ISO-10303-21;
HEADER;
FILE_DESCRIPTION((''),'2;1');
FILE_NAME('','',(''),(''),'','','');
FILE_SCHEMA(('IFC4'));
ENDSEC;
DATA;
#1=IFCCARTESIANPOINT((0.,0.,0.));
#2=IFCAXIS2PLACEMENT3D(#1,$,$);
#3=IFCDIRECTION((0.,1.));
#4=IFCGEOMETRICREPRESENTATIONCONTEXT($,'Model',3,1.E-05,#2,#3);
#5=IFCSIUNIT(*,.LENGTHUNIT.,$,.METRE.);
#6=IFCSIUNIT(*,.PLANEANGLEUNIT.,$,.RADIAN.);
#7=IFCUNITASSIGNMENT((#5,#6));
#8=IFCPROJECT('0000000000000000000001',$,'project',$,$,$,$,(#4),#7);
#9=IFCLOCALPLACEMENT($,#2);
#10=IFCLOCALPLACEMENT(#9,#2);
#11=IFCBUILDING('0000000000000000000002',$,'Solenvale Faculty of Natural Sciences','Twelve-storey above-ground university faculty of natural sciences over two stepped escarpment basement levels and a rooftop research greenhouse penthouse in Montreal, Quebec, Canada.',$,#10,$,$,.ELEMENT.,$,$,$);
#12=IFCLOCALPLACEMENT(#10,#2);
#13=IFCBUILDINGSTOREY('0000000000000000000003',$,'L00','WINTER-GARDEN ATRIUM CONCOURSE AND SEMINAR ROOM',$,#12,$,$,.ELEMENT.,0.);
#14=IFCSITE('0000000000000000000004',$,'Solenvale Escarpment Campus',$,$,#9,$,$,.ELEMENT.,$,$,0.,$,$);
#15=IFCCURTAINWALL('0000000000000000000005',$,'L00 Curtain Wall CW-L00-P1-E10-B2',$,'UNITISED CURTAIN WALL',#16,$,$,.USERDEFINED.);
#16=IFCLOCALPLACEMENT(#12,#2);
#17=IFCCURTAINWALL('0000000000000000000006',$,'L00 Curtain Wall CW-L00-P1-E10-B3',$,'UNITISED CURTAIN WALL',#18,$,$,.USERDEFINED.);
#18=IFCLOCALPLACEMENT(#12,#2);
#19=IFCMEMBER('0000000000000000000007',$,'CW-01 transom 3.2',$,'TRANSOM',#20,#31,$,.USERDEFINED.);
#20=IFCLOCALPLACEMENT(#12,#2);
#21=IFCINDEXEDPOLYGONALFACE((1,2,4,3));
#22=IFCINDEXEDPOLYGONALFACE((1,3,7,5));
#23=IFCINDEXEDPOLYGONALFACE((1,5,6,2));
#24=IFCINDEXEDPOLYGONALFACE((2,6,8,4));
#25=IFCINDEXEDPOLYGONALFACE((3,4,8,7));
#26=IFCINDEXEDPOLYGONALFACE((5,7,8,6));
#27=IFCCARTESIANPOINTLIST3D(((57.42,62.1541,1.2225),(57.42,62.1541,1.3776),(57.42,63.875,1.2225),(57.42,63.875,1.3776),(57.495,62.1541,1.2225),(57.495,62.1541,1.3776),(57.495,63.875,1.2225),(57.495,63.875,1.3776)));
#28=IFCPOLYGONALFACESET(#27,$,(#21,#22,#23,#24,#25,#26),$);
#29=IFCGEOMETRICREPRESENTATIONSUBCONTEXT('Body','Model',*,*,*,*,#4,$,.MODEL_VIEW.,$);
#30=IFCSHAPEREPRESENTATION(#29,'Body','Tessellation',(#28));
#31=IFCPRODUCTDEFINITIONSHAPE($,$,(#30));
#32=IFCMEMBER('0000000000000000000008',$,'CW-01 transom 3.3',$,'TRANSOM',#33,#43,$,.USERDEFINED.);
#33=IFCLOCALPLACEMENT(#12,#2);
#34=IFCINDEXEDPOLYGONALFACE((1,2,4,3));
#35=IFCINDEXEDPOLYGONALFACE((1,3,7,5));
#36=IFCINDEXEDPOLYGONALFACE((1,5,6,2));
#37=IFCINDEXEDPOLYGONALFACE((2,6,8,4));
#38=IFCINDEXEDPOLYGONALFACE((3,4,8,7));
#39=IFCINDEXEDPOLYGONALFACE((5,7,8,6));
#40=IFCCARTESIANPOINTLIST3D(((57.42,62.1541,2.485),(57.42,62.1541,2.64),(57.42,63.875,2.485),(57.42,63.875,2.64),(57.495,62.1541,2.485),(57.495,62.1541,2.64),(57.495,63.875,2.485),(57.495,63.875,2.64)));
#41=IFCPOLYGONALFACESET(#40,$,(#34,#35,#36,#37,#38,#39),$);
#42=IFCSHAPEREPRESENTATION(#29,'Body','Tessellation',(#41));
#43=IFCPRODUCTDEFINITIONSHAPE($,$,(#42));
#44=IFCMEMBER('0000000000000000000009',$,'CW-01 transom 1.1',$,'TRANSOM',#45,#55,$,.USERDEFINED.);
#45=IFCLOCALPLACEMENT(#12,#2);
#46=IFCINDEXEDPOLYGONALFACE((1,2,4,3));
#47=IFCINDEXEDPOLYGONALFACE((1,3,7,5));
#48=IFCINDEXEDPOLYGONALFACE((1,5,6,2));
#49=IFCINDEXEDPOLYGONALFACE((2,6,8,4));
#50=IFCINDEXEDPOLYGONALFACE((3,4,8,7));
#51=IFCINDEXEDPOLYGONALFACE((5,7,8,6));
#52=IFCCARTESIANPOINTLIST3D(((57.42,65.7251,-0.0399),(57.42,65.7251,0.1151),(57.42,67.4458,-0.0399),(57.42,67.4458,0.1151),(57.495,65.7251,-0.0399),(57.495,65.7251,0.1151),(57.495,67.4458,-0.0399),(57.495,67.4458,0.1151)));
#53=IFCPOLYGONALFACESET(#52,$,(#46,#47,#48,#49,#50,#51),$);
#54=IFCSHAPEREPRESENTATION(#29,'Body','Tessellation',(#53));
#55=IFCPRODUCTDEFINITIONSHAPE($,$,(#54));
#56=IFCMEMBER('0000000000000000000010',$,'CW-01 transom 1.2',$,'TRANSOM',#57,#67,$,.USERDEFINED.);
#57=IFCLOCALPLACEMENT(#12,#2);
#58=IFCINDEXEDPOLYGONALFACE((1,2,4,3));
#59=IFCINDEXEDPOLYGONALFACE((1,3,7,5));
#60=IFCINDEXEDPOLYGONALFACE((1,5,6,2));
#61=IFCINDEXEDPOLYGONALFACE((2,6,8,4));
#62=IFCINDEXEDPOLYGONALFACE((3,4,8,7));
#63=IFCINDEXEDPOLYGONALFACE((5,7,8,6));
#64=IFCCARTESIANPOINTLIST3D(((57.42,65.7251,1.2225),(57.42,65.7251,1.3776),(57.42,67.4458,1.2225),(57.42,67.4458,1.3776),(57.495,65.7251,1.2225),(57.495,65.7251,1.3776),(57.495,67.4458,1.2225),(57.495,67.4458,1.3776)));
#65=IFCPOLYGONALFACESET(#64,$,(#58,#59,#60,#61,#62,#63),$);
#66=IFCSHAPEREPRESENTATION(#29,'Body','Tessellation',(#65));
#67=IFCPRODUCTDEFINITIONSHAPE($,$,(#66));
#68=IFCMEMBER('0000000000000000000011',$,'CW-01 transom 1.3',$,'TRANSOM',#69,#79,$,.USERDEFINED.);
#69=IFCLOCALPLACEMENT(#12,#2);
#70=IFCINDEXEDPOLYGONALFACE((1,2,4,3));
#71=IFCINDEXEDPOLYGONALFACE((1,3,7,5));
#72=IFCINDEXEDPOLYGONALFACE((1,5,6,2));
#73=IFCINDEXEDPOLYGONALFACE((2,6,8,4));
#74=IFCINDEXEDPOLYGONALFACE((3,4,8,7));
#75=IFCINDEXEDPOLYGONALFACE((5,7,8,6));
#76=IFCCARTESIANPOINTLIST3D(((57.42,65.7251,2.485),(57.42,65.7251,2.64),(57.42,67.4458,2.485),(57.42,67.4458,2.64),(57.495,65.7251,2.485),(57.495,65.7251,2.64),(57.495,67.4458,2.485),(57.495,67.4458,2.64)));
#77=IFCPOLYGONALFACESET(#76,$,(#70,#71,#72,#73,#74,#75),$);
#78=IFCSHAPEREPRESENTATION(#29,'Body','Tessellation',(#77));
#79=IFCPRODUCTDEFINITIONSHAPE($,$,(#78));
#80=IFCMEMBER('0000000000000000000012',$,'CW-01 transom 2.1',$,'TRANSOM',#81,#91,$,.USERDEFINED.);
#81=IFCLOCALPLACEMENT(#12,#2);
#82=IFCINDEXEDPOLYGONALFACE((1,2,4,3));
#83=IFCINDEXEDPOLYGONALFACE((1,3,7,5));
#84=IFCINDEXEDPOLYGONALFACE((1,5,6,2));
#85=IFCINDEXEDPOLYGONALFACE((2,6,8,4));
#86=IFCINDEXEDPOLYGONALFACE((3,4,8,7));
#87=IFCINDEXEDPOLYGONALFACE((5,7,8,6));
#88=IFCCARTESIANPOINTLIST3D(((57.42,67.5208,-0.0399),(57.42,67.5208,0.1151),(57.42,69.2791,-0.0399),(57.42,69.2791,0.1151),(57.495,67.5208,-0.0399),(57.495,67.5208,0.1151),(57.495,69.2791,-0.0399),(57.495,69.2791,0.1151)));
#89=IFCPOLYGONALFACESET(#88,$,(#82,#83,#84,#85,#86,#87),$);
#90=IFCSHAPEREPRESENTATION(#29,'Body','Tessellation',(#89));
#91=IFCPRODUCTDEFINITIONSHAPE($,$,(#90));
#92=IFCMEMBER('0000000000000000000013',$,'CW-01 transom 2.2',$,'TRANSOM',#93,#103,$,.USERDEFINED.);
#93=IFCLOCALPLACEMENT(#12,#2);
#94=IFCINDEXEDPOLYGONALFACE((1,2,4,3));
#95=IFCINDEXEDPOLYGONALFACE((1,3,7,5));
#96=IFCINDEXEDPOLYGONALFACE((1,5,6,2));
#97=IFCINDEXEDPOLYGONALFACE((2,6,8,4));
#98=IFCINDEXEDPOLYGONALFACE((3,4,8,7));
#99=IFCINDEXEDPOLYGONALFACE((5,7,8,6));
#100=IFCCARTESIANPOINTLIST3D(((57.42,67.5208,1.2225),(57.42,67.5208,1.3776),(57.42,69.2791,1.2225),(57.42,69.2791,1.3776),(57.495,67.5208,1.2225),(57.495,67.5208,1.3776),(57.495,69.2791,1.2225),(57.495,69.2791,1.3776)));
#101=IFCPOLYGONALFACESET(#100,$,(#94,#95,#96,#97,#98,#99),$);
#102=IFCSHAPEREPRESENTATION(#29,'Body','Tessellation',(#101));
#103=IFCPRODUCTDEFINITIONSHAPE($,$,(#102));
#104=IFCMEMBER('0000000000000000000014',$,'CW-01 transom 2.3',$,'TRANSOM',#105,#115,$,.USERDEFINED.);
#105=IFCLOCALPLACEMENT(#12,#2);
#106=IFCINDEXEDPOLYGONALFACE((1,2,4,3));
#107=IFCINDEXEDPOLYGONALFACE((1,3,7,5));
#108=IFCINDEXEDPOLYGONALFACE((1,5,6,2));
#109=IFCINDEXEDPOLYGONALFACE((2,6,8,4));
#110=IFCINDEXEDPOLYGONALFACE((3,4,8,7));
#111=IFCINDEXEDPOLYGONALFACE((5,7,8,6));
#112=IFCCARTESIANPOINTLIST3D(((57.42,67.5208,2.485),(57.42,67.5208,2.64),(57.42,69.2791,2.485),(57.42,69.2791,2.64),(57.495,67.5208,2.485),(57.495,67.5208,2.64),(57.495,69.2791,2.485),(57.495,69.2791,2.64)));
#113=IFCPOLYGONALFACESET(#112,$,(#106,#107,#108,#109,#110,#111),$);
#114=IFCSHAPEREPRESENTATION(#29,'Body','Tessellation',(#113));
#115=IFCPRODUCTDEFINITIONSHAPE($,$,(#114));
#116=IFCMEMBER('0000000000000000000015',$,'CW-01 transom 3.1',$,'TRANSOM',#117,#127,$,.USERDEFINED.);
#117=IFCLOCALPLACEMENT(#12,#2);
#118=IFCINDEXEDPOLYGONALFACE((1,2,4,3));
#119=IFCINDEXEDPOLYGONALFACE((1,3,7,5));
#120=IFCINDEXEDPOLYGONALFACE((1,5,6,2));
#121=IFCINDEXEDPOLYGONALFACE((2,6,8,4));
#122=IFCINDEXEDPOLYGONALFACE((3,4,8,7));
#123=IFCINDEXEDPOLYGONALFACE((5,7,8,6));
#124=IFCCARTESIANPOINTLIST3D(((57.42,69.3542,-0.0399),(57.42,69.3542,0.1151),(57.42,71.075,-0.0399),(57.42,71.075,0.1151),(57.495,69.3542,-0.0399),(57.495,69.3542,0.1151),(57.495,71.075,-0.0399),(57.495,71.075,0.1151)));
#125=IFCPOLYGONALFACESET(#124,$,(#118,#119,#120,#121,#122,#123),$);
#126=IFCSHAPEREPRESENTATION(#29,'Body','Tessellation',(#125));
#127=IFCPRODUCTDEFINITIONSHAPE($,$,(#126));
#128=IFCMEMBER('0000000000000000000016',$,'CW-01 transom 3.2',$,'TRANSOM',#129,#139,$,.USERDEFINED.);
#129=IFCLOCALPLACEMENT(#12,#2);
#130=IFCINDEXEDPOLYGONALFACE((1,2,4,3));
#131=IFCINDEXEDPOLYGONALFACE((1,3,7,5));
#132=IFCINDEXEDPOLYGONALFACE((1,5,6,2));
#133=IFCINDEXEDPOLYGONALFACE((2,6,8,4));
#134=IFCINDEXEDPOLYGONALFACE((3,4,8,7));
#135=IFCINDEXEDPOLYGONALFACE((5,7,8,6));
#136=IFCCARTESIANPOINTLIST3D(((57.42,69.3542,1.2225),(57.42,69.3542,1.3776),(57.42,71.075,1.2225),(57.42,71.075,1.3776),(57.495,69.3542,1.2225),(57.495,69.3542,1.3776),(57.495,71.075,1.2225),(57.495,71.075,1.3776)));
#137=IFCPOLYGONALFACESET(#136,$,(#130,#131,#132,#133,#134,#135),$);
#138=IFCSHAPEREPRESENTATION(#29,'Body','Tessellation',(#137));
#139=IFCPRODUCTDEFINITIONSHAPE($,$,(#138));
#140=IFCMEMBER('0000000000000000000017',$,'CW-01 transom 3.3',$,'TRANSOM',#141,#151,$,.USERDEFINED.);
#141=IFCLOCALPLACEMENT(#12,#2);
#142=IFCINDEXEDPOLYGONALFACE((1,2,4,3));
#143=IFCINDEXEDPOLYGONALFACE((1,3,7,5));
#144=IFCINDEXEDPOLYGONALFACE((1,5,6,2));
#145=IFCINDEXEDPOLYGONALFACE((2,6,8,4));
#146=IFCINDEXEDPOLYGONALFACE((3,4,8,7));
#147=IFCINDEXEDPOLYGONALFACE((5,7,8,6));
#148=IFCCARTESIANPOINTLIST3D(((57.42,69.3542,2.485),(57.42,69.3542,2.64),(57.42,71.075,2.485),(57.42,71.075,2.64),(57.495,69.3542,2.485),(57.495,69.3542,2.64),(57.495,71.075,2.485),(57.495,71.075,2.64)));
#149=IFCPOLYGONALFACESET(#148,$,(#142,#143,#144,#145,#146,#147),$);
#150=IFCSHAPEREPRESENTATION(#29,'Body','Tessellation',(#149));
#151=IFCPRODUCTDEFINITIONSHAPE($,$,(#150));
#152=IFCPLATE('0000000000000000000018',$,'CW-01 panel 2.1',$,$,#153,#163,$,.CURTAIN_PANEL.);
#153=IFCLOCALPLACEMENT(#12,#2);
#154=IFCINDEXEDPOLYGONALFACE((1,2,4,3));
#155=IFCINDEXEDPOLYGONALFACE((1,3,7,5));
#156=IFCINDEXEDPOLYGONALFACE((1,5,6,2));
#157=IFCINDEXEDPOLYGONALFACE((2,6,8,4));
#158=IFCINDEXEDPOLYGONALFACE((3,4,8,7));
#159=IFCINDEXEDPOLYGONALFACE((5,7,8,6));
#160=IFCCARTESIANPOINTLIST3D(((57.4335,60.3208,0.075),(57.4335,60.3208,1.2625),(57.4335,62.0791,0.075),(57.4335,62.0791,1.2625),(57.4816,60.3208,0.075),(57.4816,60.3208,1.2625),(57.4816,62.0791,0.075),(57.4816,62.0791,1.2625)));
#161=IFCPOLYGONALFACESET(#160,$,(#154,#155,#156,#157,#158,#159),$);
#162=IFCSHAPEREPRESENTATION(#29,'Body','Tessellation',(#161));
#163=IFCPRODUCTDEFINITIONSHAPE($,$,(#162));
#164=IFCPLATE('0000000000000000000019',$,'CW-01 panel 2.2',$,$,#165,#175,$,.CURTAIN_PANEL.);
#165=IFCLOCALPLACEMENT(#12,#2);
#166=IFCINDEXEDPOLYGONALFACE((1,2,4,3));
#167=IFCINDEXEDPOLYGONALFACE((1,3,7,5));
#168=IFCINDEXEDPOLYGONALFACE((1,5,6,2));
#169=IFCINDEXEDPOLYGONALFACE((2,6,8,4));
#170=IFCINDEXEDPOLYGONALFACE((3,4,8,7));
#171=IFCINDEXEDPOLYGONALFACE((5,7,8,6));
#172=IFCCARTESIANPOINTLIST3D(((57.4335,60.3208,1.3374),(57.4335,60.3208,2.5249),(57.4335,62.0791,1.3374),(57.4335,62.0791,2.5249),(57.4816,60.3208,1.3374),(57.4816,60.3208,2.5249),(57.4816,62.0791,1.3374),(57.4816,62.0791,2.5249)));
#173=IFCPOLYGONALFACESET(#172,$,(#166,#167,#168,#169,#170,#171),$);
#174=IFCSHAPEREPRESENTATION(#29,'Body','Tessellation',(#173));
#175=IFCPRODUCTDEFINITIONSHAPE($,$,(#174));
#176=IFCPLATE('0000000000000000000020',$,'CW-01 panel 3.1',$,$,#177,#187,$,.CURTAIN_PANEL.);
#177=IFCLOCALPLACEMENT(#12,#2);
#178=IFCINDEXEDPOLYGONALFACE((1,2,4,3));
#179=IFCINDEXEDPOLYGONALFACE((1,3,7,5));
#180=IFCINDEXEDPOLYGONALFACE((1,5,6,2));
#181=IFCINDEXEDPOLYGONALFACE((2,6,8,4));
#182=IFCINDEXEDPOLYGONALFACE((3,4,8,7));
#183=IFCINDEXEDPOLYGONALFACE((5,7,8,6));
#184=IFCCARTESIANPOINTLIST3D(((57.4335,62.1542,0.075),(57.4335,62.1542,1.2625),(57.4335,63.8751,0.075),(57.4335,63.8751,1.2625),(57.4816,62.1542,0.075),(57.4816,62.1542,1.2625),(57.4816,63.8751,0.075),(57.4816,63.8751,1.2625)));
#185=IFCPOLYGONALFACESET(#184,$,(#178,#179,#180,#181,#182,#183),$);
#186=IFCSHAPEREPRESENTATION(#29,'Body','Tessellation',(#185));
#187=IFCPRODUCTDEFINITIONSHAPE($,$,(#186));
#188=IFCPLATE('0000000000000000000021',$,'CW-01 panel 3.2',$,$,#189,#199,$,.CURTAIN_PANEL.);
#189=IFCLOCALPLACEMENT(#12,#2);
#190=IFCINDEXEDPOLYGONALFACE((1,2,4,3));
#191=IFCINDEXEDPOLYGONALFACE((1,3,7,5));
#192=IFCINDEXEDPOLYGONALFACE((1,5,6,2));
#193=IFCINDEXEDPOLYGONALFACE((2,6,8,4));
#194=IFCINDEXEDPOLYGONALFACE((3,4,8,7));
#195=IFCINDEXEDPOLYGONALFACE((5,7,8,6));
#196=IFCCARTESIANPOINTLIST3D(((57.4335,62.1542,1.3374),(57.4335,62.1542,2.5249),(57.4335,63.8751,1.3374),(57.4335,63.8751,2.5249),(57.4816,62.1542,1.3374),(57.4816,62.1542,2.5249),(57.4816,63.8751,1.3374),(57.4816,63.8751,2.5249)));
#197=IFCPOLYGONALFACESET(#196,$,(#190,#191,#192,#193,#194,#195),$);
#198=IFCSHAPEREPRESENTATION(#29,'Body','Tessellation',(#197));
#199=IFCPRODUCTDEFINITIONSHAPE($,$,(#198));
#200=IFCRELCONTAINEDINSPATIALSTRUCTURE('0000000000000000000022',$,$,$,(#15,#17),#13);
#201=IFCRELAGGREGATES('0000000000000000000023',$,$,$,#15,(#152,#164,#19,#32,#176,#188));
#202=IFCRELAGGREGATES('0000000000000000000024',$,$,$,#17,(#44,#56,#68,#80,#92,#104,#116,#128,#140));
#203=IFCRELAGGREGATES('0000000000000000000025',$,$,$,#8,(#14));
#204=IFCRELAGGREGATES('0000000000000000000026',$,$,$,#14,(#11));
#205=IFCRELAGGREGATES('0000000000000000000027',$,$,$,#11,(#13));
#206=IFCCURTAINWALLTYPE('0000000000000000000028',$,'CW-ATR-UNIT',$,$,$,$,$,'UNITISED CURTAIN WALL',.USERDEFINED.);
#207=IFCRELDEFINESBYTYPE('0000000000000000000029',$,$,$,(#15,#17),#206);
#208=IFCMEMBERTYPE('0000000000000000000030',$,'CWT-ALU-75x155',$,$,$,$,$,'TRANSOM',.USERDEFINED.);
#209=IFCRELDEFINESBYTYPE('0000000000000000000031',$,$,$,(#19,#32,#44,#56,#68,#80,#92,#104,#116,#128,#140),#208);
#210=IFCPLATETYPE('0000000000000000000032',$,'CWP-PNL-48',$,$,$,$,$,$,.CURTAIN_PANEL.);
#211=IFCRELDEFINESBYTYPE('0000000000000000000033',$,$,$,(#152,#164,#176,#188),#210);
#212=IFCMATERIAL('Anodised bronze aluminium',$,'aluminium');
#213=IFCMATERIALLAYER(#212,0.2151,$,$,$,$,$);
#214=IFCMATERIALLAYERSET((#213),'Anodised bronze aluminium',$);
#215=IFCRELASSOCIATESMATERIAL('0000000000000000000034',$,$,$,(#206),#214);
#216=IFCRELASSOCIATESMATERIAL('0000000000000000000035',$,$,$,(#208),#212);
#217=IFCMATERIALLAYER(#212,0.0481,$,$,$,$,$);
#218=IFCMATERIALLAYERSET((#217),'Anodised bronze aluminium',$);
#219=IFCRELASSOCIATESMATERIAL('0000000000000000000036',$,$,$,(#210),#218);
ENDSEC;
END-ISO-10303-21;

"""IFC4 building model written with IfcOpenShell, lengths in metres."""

from ifc_helpers import new_model, si_unit, direction, frame, origin, origin_2d, place, context, subcontext, project, spatial, rectangle, extrude, material, layer, layer_set, material_profile, profile_set, type_object, element, aggregate, save


model = new_model("IFC4")

# Units and contexts
model_context = context("Model", 3, precision=1e-05, world=origin(), true_north=direction((0.0, 1.0)))
body_context = subcontext(model_context, "Body", "Model", "MODEL_VIEW")
ifc_project = project(units=[si_unit("LENGTHUNIT", "METRE"), si_unit("PLANEANGLEUNIT", "RADIAN")], contexts=[model_context])

# Site, building, storey
site_placement = place(None, origin())
site = spatial("IfcSite", under=ifc_project, at=site_placement, Name="Solenvale Escarpment Campus", CompositionType="ELEMENT", RefElevation=0.0)
building_placement = place(site_placement, origin())
building = spatial("IfcBuilding", under=site, at=building_placement, Name="Solenvale Faculty of Natural Sciences", Description="Twelve-storey above-ground university faculty of natural sciences over two stepped escarpment basement levels and a rooftop research greenhouse penthouse in Montreal, Quebec, Canada.", CompositionType="ELEMENT")
storey_placement = place(building_placement, origin())
storey = spatial("IfcBuildingStorey", under=building, at=storey_placement, Name="L00", Description="WINTER-GARDEN ATRIUM CONCOURSE AND SEMINAR ROOM", CompositionType="ELEMENT", Elevation=0.0)

# Curtain walls
ifc_material_1 = material(Name="Anodised bronze aluminium", Category="aluminium")
ifc_layer_1 = layer(ifc_material_1, 0.2151)
ifc_layer_set_1 = layer_set([ifc_layer_1], Name="Anodised bronze aluminium")
curtain_wall_type = type_object("IfcCurtainWallType", Name="CW-ATR-UNIT", ElementType="UNITISED CURTAIN WALL", PredefinedType="USERDEFINED", material=ifc_layer_set_1)
curtain_wall_1_placement = place(storey_placement, origin())
curtain_wall_1 = element("IfcCurtainWall", 1, at=curtain_wall_1_placement, inside=storey, type_object=curtain_wall_type, Name="L00 Curtain Wall CW-L00-P1-E10-B2", ObjectType="UNITISED CURTAIN WALL", PredefinedType="USERDEFINED")
curtain_wall_2_placement = place(storey_placement, origin())
curtain_wall_2 = element("IfcCurtainWall", 2, at=curtain_wall_2_placement, inside=storey, type_object=curtain_wall_type, Name="L00 Curtain Wall CW-L00-P1-E10-B3", ObjectType="UNITISED CURTAIN WALL", PredefinedType="USERDEFINED")

# Members
ifc_material_profile_1 = material_profile(ifc_material_1, rectangle(XDim=0.075, YDim=0.155, at=origin_2d()), Name="ALU-TRN-75x155")
ifc_profile_set_1 = profile_set([ifc_material_profile_1], Name="Anodised bronze aluminium")
member_type_1 = type_object("IfcMemberType", Name="CWT-ALU-75x155", ElementType="TRANSOM", PredefinedType="USERDEFINED", material=ifc_profile_set_1)
member_1_placement = place(storey_placement, frame((57.4575, 62.1541, 1.3), z_axis=(0.0, 1.0, 0.0), x_axis=(-1.0, 0.0, 0.0)))
member_1 = element("IfcMember", 3, at=member_1_placement, type_object=member_type_1, Name="CW-01 transom 3.2", ObjectType="TRANSOM", PredefinedType="USERDEFINED", context=body_context, shape_type="SweptSolid", body=[
    extrude(rectangle(XDim=0.075, YDim=0.155, at=origin_2d()), origin(), (0.0, 0.0, 1.0), 1.7209),
])
member_2_placement = place(storey_placement, frame((57.4575, 62.1541, 2.5625), z_axis=(0.0, 1.0, 0.0), x_axis=(-1.0, 0.0, 0.0)))
member_2 = element("IfcMember", 4, at=member_2_placement, type_object=member_type_1, Name="CW-01 transom 3.3", ObjectType="TRANSOM", PredefinedType="USERDEFINED", context=body_context, shape_type="SweptSolid", body=[
    extrude(rectangle(XDim=0.075, YDim=0.155, at=origin_2d()), origin(), (0.0, 0.0, 1.0), 1.7209),
])
member_3_placement = place(storey_placement, frame((57.4575, 65.7251, 0.0376), z_axis=(0.0, 1.0, 0.0), x_axis=(-1.0, 0.0, 0.0)))
member_3 = element("IfcMember", 5, at=member_3_placement, type_object=member_type_1, Name="CW-01 transom 1.1", ObjectType="TRANSOM", PredefinedType="USERDEFINED", context=body_context, shape_type="SweptSolid", body=[
    extrude(rectangle(XDim=0.075, YDim=0.155, at=origin_2d()), origin(), (0.0, 0.0, 1.0), 1.7207),
])
member_4_placement = place(storey_placement, frame((57.4575, 65.7251, 1.3), z_axis=(0.0, 1.0, 0.0), x_axis=(-1.0, 0.0, 0.0)))
member_4 = element("IfcMember", 6, at=member_4_placement, type_object=member_type_1, Name="CW-01 transom 1.2", ObjectType="TRANSOM", PredefinedType="USERDEFINED", context=body_context, shape_type="SweptSolid", body=[
    extrude(rectangle(XDim=0.075, YDim=0.155, at=origin_2d()), origin(), (0.0, 0.0, 1.0), 1.7207),
])
member_5_placement = place(storey_placement, frame((57.4575, 65.7251, 2.5625), z_axis=(0.0, 1.0, 0.0), x_axis=(-1.0, 0.0, 0.0)))
member_5 = element("IfcMember", 7, at=member_5_placement, type_object=member_type_1, Name="CW-01 transom 1.3", ObjectType="TRANSOM", PredefinedType="USERDEFINED", context=body_context, shape_type="SweptSolid", body=[
    extrude(rectangle(XDim=0.075, YDim=0.155, at=origin_2d()), origin(), (0.0, 0.0, 1.0), 1.7207),
])
member_6_placement = place(storey_placement, frame((57.4575, 67.5208, 0.0376), z_axis=(0.0, 1.0, 0.0), x_axis=(-1.0, 0.0, 0.0)))
member_6 = element("IfcMember", 8, at=member_6_placement, type_object=member_type_1, Name="CW-01 transom 2.1", ObjectType="TRANSOM", PredefinedType="USERDEFINED", context=body_context, shape_type="SweptSolid", body=[
    extrude(rectangle(XDim=0.075, YDim=0.155, at=origin_2d()), origin(), (0.0, 0.0, 1.0), 1.7583),
])
member_7_placement = place(storey_placement, frame((57.4575, 67.5208, 1.3), z_axis=(0.0, 1.0, 0.0), x_axis=(-1.0, 0.0, 0.0)))
member_7 = element("IfcMember", 9, at=member_7_placement, type_object=member_type_1, Name="CW-01 transom 2.2", ObjectType="TRANSOM", PredefinedType="USERDEFINED", context=body_context, shape_type="SweptSolid", body=[
    extrude(rectangle(XDim=0.075, YDim=0.155, at=origin_2d()), origin(), (0.0, 0.0, 1.0), 1.7583),
])
member_8_placement = place(storey_placement, frame((57.4575, 67.5208, 2.5625), z_axis=(0.0, 1.0, 0.0), x_axis=(-1.0, 0.0, 0.0)))
member_8 = element("IfcMember", 10, at=member_8_placement, type_object=member_type_1, Name="CW-01 transom 2.3", ObjectType="TRANSOM", PredefinedType="USERDEFINED", context=body_context, shape_type="SweptSolid", body=[
    extrude(rectangle(XDim=0.075, YDim=0.155, at=origin_2d()), origin(), (0.0, 0.0, 1.0), 1.7583),
])
member_9_placement = place(storey_placement, frame((57.4575, 69.3542, 0.0376), z_axis=(0.0, 1.0, 0.0), x_axis=(-1.0, 0.0, 0.0)))
member_9 = element("IfcMember", 11, at=member_9_placement, type_object=member_type_1, Name="CW-01 transom 3.1", ObjectType="TRANSOM", PredefinedType="USERDEFINED", context=body_context, shape_type="SweptSolid", body=[
    extrude(rectangle(XDim=0.075, YDim=0.155, at=origin_2d()), origin(), (0.0, 0.0, 1.0), 1.7207),
])
member_10_placement = place(storey_placement, frame((57.4575, 69.3542, 1.3), z_axis=(0.0, 1.0, 0.0), x_axis=(-1.0, 0.0, 0.0)))
member_10 = element("IfcMember", 12, at=member_10_placement, type_object=member_type_1, Name="CW-01 transom 3.2", ObjectType="TRANSOM", PredefinedType="USERDEFINED", context=body_context, shape_type="SweptSolid", body=[
    extrude(rectangle(XDim=0.075, YDim=0.155, at=origin_2d()), origin(), (0.0, 0.0, 1.0), 1.7207),
])
member_11_placement = place(storey_placement, frame((57.4575, 69.3542, 2.5625), z_axis=(0.0, 1.0, 0.0), x_axis=(-1.0, 0.0, 0.0)))
member_11 = element("IfcMember", 13, at=member_11_placement, type_object=member_type_1, Name="CW-01 transom 3.3", ObjectType="TRANSOM", PredefinedType="USERDEFINED", context=body_context, shape_type="SweptSolid", body=[
    extrude(rectangle(XDim=0.075, YDim=0.155, at=origin_2d()), origin(), (0.0, 0.0, 1.0), 1.7207),
])

# Plates
ifc_layer_2 = layer(ifc_material_1, 0.0481)
ifc_layer_set_2 = layer_set([ifc_layer_2], Name="Anodised bronze aluminium")
plate_type_1 = type_object("IfcPlateType", Name="CWP-PNL-48", PredefinedType="CURTAIN_PANEL", material=ifc_layer_set_2)
plate_1_placement = place(storey_placement, frame((57.4575, 61.2, 0.075), z_axis=(0.0, 0.0, 1.0), x_axis=(0.0, 1.0, 0.0)))
plate_1 = element("IfcPlate", 14, at=plate_1_placement, type_object=plate_type_1, Name="CW-01 panel 2.1", PredefinedType="CURTAIN_PANEL", context=body_context, shape_type="SweptSolid", body=[
    extrude(rectangle(XDim=1.7583, YDim=0.0481, at=origin_2d()), origin(), (0.0, 0.0, 1.0), 1.1875),
])
plate_2_placement = place(storey_placement, frame((57.4575, 61.2, 1.3374), z_axis=(0.0, 0.0, 1.0), x_axis=(0.0, 1.0, 0.0)))
plate_2 = element("IfcPlate", 15, at=plate_2_placement, type_object=plate_type_1, Name="CW-01 panel 2.2", PredefinedType="CURTAIN_PANEL", context=body_context, shape_type="SweptSolid", body=[
    extrude(rectangle(XDim=1.7583, YDim=0.0481, at=origin_2d()), origin(), (0.0, 0.0, 1.0), 1.1875),
])
plate_3_placement = place(storey_placement, frame((57.4575, 63.0146, 0.075), z_axis=(0.0, 0.0, 1.0), x_axis=(0.0, 1.0, 0.0)))
plate_3 = element("IfcPlate", 16, at=plate_3_placement, type_object=plate_type_1, Name="CW-01 panel 3.1", PredefinedType="CURTAIN_PANEL", context=body_context, shape_type="SweptSolid", body=[
    extrude(rectangle(XDim=1.7209, YDim=0.0481, at=origin_2d()), origin(), (0.0, 0.0, 1.0), 1.1875),
])
plate_4_placement = place(storey_placement, frame((57.4575, 63.0146, 1.3374), z_axis=(0.0, 0.0, 1.0), x_axis=(0.0, 1.0, 0.0)))
plate_4 = element("IfcPlate", 17, at=plate_4_placement, type_object=plate_type_1, Name="CW-01 panel 3.2", PredefinedType="CURTAIN_PANEL", context=body_context, shape_type="SweptSolid", body=[
    extrude(rectangle(XDim=1.7209, YDim=0.0481, at=origin_2d()), origin(), (0.0, 0.0, 1.0), 1.1875),
])
aggregate(curtain_wall_1, [plate_1, plate_2, member_1, member_2, plate_3, plate_4])
aggregate(curtain_wall_2, [member_3, member_4, member_5, member_6, member_7, member_8, member_9, member_10, member_11])

save(model, "model.ifc")
